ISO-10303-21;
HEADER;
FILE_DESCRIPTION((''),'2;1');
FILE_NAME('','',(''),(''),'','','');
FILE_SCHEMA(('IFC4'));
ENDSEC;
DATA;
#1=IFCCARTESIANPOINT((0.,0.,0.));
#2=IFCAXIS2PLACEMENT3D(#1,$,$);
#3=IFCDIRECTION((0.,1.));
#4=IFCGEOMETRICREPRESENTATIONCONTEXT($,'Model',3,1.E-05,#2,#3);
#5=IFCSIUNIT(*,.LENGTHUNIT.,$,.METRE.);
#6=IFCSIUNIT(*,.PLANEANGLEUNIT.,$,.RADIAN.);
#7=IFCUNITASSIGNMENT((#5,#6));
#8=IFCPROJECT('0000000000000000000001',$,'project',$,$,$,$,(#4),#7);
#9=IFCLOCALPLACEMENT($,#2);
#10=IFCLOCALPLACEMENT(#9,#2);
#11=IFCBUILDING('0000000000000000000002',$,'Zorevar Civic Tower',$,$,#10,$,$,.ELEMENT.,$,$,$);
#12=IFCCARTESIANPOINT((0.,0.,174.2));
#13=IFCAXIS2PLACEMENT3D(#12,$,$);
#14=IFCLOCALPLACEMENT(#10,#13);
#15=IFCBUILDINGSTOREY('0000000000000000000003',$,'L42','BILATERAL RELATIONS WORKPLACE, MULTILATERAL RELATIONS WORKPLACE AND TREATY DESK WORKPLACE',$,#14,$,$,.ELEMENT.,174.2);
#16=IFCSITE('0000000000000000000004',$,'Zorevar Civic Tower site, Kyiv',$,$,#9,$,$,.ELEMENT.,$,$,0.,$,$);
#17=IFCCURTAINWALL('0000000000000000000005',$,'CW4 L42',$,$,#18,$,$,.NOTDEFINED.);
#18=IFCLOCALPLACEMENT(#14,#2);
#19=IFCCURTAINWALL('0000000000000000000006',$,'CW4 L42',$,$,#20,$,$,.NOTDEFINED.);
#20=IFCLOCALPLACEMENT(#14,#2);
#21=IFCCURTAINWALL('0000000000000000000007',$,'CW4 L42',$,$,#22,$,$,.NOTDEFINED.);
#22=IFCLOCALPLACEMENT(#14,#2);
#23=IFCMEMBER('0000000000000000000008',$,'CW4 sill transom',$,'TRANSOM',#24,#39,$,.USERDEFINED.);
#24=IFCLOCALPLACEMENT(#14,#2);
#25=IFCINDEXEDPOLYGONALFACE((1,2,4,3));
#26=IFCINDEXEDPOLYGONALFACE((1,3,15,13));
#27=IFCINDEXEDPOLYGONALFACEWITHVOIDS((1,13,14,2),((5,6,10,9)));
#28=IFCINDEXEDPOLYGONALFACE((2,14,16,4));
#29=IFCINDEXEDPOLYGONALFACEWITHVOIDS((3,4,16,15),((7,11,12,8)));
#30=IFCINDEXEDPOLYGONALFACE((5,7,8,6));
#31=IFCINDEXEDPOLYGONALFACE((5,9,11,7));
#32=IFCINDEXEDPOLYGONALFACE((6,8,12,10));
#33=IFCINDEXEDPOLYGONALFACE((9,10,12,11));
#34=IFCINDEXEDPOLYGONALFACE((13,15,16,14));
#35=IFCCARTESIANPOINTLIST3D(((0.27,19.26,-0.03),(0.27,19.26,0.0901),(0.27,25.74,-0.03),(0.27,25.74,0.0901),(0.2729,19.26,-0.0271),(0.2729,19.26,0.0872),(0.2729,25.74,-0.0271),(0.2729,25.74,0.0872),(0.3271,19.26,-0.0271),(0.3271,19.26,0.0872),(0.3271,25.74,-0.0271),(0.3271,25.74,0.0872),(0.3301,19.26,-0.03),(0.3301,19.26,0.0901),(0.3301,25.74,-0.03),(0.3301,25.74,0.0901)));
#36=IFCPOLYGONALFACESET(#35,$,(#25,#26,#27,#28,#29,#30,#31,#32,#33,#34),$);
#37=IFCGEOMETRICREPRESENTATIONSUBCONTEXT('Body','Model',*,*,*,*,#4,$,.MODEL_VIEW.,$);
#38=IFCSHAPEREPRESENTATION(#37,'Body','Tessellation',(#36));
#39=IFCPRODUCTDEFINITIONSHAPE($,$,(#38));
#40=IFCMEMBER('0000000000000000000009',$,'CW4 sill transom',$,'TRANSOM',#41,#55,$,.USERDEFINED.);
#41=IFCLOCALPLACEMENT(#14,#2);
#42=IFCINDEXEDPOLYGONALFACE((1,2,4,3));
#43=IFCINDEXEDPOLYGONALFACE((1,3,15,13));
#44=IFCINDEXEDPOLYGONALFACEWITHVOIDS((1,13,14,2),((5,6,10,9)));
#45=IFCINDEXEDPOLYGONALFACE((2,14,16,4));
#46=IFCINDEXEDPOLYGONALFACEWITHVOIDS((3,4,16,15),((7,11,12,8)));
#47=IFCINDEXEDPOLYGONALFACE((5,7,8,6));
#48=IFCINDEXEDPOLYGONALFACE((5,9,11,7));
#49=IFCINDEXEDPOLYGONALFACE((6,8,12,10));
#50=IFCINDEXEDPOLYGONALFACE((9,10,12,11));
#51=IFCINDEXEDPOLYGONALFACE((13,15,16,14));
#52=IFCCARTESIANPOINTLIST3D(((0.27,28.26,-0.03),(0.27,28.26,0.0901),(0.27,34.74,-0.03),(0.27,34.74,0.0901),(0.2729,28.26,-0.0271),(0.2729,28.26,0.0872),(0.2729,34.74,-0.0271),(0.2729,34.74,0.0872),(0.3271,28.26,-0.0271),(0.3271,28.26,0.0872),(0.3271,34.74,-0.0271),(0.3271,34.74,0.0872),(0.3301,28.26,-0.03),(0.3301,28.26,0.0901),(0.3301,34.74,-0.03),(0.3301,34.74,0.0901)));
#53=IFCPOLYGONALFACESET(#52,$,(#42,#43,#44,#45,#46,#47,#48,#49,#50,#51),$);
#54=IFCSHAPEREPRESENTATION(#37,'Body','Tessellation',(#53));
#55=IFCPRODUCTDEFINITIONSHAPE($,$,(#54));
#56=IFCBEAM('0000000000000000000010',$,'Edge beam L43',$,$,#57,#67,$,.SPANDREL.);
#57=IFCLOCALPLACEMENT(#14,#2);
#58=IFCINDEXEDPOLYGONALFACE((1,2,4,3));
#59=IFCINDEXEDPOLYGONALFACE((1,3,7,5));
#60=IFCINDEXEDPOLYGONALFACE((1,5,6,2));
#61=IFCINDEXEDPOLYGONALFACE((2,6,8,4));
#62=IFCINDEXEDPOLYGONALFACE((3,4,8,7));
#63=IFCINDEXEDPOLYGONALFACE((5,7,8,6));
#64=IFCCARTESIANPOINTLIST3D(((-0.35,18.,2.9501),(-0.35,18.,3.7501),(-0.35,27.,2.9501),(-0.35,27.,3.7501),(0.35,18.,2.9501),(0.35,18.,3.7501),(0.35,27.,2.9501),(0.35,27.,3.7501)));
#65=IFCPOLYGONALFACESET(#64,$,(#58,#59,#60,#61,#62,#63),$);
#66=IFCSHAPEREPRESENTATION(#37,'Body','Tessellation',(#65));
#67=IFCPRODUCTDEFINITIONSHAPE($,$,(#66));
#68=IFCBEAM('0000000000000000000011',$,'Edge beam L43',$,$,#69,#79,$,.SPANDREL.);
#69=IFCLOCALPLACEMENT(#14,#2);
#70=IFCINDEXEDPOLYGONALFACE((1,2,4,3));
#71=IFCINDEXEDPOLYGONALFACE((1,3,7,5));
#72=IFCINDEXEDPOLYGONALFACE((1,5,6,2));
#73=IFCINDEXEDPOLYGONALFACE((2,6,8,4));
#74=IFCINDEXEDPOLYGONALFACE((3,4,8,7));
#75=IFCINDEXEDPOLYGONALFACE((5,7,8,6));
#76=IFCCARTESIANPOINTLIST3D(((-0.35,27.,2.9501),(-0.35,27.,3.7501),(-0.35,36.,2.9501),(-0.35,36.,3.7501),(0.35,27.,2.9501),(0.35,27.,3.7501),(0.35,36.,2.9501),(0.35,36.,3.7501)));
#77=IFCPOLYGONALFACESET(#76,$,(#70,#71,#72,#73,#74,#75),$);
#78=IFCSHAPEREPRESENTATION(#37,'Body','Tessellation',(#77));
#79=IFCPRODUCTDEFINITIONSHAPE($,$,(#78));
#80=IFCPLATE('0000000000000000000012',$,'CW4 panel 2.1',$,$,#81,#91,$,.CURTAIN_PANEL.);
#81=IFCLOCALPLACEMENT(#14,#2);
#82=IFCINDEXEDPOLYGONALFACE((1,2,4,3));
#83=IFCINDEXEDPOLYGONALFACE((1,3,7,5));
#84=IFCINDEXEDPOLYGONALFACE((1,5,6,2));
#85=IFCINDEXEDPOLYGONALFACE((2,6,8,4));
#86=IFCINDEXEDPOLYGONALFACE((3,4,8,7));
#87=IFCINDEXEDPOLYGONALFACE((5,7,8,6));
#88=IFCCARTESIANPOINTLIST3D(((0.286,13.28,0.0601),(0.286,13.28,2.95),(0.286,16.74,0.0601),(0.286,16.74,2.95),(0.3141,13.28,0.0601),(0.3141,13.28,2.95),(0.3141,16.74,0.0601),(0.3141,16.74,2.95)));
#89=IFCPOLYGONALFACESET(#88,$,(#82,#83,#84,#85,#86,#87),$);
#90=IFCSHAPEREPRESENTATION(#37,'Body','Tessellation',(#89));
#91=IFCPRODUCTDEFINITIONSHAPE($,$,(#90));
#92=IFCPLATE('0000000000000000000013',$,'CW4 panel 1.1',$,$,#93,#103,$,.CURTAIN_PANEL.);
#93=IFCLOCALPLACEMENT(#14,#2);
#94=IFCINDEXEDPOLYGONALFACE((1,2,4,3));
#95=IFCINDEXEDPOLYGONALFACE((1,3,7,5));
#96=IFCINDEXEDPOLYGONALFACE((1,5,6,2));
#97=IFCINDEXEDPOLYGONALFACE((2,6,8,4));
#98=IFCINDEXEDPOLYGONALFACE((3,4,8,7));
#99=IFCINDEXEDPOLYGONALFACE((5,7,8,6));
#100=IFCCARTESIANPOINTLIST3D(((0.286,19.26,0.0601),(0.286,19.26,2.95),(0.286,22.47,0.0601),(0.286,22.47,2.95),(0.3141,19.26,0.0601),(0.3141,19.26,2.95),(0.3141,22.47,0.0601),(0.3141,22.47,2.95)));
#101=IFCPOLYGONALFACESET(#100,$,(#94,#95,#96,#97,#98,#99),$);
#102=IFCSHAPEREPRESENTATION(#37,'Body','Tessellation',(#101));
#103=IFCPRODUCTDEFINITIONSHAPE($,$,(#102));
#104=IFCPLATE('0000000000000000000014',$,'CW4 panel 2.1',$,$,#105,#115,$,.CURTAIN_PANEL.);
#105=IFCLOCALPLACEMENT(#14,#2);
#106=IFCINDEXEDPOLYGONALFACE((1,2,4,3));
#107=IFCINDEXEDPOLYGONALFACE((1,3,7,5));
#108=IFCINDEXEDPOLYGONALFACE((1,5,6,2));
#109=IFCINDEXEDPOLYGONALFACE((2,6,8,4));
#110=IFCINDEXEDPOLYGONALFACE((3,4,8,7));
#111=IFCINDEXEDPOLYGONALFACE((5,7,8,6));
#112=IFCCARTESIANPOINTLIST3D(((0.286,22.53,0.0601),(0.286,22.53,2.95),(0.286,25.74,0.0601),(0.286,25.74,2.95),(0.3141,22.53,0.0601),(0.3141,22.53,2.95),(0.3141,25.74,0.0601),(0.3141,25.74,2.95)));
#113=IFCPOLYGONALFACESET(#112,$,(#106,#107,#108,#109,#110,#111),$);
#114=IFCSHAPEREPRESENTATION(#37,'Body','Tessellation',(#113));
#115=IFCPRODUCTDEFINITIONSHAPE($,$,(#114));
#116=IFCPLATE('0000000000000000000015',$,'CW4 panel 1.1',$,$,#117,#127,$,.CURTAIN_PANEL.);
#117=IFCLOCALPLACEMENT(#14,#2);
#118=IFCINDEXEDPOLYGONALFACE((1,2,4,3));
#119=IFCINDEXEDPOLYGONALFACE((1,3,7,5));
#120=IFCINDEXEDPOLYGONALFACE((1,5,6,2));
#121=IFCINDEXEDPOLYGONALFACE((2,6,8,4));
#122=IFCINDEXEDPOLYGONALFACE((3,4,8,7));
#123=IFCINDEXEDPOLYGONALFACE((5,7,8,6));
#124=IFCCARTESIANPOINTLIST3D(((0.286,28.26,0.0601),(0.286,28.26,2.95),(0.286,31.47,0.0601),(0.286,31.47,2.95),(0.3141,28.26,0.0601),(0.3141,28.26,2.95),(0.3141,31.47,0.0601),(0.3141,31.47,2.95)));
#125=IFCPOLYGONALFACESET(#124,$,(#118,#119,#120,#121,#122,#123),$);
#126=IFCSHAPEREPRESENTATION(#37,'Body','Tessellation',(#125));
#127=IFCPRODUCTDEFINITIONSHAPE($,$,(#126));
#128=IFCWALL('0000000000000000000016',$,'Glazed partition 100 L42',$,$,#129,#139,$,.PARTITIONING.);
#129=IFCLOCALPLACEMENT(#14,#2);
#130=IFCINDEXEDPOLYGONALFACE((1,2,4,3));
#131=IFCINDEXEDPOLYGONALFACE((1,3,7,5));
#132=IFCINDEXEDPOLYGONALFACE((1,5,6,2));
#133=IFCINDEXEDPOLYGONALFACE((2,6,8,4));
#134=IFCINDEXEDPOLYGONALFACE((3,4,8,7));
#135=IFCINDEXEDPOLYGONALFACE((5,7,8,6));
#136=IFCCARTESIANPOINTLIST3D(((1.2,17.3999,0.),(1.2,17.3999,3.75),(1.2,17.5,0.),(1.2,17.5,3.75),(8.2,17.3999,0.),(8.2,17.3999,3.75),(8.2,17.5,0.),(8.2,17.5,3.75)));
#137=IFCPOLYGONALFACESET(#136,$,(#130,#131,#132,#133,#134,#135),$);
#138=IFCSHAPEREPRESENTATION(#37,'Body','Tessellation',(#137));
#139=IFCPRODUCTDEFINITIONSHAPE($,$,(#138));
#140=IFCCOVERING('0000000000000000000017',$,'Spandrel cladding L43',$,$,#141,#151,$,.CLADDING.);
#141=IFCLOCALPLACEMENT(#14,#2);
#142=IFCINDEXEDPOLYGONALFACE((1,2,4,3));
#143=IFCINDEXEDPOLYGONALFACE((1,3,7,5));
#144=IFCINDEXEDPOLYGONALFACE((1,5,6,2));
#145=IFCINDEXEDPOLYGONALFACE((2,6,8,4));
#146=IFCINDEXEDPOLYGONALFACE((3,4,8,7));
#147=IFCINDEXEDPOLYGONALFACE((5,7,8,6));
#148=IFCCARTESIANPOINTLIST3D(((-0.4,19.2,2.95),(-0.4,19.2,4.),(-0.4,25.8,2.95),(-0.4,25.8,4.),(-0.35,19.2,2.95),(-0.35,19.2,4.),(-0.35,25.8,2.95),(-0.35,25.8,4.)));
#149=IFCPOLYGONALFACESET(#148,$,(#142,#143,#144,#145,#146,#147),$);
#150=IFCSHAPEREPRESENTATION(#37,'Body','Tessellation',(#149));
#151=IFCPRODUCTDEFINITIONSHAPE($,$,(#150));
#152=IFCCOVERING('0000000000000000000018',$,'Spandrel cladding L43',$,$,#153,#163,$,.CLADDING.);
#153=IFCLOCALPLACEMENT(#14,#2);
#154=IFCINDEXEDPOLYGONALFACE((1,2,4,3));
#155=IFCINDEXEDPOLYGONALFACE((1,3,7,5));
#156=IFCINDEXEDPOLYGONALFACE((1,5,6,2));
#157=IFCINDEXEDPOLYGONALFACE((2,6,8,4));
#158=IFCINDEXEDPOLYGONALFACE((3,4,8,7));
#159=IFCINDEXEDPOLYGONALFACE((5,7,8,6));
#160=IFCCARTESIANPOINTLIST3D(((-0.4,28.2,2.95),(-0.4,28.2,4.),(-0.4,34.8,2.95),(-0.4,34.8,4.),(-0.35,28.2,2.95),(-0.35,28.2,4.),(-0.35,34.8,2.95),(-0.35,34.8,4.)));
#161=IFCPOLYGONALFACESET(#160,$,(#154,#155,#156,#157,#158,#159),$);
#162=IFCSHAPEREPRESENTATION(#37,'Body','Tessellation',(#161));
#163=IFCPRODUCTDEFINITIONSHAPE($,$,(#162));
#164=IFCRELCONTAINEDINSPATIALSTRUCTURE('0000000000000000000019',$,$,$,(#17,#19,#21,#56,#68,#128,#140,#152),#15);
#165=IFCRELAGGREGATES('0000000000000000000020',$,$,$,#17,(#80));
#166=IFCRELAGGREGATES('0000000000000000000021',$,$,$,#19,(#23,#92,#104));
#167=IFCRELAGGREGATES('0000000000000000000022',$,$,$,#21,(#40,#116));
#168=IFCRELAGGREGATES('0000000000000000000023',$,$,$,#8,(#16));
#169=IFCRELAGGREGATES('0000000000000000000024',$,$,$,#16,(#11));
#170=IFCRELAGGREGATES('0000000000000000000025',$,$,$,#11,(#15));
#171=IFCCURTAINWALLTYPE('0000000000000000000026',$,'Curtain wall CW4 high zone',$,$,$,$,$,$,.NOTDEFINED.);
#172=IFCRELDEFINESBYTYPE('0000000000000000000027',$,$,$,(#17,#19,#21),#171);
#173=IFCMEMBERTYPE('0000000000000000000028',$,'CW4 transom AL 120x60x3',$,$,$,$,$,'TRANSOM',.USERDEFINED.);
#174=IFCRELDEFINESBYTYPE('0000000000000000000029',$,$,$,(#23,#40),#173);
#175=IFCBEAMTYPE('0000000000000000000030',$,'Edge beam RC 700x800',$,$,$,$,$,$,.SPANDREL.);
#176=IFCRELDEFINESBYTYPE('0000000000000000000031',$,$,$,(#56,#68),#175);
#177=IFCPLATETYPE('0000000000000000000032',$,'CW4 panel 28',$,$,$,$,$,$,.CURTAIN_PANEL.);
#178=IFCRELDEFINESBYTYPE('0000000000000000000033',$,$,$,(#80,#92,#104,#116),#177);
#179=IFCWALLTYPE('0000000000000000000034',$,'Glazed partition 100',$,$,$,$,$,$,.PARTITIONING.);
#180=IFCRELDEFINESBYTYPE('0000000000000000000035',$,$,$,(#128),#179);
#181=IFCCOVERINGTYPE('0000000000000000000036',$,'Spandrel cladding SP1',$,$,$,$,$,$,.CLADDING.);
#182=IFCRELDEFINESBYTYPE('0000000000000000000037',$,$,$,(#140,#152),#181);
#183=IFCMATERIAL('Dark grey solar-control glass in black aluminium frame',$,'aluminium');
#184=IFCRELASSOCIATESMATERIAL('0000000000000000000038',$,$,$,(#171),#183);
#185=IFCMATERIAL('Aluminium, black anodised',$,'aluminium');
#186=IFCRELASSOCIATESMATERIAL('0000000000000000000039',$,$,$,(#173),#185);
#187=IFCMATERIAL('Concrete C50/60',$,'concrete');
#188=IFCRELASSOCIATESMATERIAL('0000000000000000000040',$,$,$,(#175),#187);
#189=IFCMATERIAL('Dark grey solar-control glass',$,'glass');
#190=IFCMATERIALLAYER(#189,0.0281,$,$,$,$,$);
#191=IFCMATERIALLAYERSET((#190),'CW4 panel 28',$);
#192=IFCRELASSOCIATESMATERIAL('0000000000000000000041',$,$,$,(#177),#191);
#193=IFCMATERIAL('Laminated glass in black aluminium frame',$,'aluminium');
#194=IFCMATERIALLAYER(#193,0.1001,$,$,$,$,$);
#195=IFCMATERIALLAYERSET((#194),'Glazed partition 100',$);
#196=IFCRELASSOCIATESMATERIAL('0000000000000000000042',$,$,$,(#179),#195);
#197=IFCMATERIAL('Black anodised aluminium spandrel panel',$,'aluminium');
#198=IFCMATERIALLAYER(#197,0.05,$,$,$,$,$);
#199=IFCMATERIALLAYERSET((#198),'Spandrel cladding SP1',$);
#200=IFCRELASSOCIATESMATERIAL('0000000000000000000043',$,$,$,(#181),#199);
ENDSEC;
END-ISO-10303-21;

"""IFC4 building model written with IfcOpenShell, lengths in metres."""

from ifc_helpers import new_model, si_unit, direction, frame, frame_2d, origin, origin_2d, place, context, subcontext, project, spatial, rectangle, hollow_rectangle, extrude, material, layer, layer_set, material_profile, profile_set, type_object, element, aggregate, save


model = new_model("IFC4")

# Units and contexts
model_context = context("Model", 3, precision=1e-05, world=origin(), true_north=direction((0.0, 1.0)))
body_context = subcontext(model_context, "Body", "Model", "MODEL_VIEW")
ifc_project = project(units=[si_unit("LENGTHUNIT", "METRE"), si_unit("PLANEANGLEUNIT", "RADIAN")], contexts=[model_context])

# Site, building, storey
site_placement = place(None, origin())
site = spatial("IfcSite", under=ifc_project, at=site_placement, Name="Zorevar Civic Tower site, Kyiv", CompositionType="ELEMENT", RefElevation=0.0)
building_placement = place(site_placement, origin())
building = spatial("IfcBuilding", under=site, at=building_placement, Name="Zorevar Civic Tower", CompositionType="ELEMENT")
storey_placement = place(building_placement, frame((0.0, 0.0, 174.2)))
storey = spatial("IfcBuildingStorey", under=building, at=storey_placement, Name="L42", Description="BILATERAL RELATIONS WORKPLACE, MULTILATERAL RELATIONS WORKPLACE AND TREATY DESK WORKPLACE", CompositionType="ELEMENT", Elevation=174.2)

# Curtain wall
ifc_material_1 = material(Name="Dark grey solar-control glass in black aluminium frame", Category="aluminium")
curtain_wall_type = type_object("IfcCurtainWallType", Name="Curtain wall CW4 high zone", PredefinedType="NOTDEFINED", material=ifc_material_1)
curtain_wall_1_placement = place(storey_placement, origin())
curtain_wall_1 = element("IfcCurtainWall", 1, at=curtain_wall_1_placement, inside=storey, type_object=curtain_wall_type, Name="CW4 L42", PredefinedType="NOTDEFINED")

# Curtain wall
curtain_wall_2_placement = place(storey_placement, origin())
curtain_wall_2 = element("IfcCurtainWall", 2, at=curtain_wall_2_placement, inside=storey, type_object=curtain_wall_type, Name="CW4 L42", PredefinedType="NOTDEFINED")

# Curtain wall
curtain_wall_3_placement = place(storey_placement, origin())
curtain_wall_3 = element("IfcCurtainWall", 3, at=curtain_wall_3_placement, inside=storey, type_object=curtain_wall_type, Name="CW4 L42", PredefinedType="NOTDEFINED")

# Members
ifc_material_2 = material(Name="Aluminium, black anodised", Category="aluminium")
ifc_material_profile_1 = material_profile(ifc_material_2, hollow_rectangle(XDim=0.0601, YDim=0.1201, WallThickness=0.0029, at=origin_2d()), Name="AL 120x60x3")
ifc_profile_set_1 = profile_set([ifc_material_profile_1], Name="Aluminium, black anodised")
member_type_1 = type_object("IfcMemberType", Name="CW4 transom AL 120x60x3", ElementType="TRANSOM", PredefinedType="USERDEFINED", material=ifc_profile_set_1)
member_1_placement = place(storey_placement, frame((0.3, 19.26, 0.03), z_axis=(0.0, 1.0, 0.0), x_axis=(-1.0, 0.0, 0.0)))
member_1 = element("IfcMember", 4, at=member_1_placement, type_object=member_type_1, Name="CW4 sill transom", ObjectType="TRANSOM", PredefinedType="USERDEFINED", context=body_context, shape_type="SweptSolid", body=[
    extrude(hollow_rectangle(XDim=0.0601, YDim=0.1201, WallThickness=0.0029, at=origin_2d()), origin(), (0.0, 0.0, 1.0), 6.48),
])
member_2_placement = place(storey_placement, frame((0.3, 28.26, 0.03), z_axis=(0.0, 1.0, 0.0), x_axis=(-1.0, 0.0, 0.0)))
member_2 = element("IfcMember", 5, at=member_2_placement, type_object=member_type_1, Name="CW4 sill transom", ObjectType="TRANSOM", PredefinedType="USERDEFINED", context=body_context, shape_type="SweptSolid", body=[
    extrude(hollow_rectangle(XDim=0.0601, YDim=0.1201, WallThickness=0.0029, at=origin_2d()), origin(), (0.0, 0.0, 1.0), 6.48),
])

# Beams
ifc_material_3 = material(Name="Concrete C50/60", Category="concrete")
ifc_material_profile_2 = material_profile(ifc_material_3, rectangle(XDim=0.7, YDim=0.8, at=origin_2d()), Name="RC 700x800")
ifc_profile_set_2 = profile_set([ifc_material_profile_2], Name="Concrete C50/60")
beam_type_1 = type_object("IfcBeamType", Name="Edge beam RC 700x800", PredefinedType="SPANDREL", material=ifc_profile_set_2)
for number, where, z_axis, x_axis, name in (
    (6, (0.0, 18.0, 3.3501), (0.0, 1.0, 0.0), (-1.0, 0.0, 0.0), "Edge beam L43"),
    (7, (0.0, 27.0, 3.3501), (0.0, 1.0, 0.0), (-1.0, 0.0, 0.0), "Edge beam L43"),
):
    element("IfcBeam", number, at=place(storey_placement, frame(where, z_axis=z_axis, x_axis=x_axis)), inside=storey, type_object=beam_type_1, Name=name, PredefinedType="SPANDREL", context=body_context, shape_type="SweptSolid", body=[
        extrude(rectangle(XDim=0.7, YDim=0.8, at=origin_2d()), origin(), (0.0, 0.0, 1.0), 9.0),
    ])

# Plates
ifc_material_4 = material(Name="Dark grey solar-control glass", Category="glass")
ifc_layer_1 = layer(ifc_material_4, 0.0281)
ifc_layer_set_1 = layer_set([ifc_layer_1], Name="CW4 panel 28")
plate_type = type_object("IfcPlateType", Name="CW4 panel 28", PredefinedType="CURTAIN_PANEL", material=ifc_layer_set_1)
plate_1_placement = place(storey_placement, frame((0.3, 15.01, 0.0601), z_axis=(0.0, 0.0, 1.0), x_axis=(0.0, 1.0, 0.0)))
plate_1 = element("IfcPlate", 8, at=plate_1_placement, type_object=plate_type, Name="CW4 panel 2.1", PredefinedType="CURTAIN_PANEL", context=body_context, shape_type="SweptSolid", body=[
    extrude(rectangle(XDim=3.46, YDim=0.0281, at=origin_2d()), origin(), (0.0, 0.0, 1.0), 2.8899),
])
aggregate(curtain_wall_1, [plate_1])
plate_2_placement = place(storey_placement, frame((0.3, 20.865, 0.0601), z_axis=(0.0, 0.0, 1.0), x_axis=(0.0, 1.0, 0.0)))
plate_2 = element("IfcPlate", 9, at=plate_2_placement, type_object=plate_type, Name="CW4 panel 1.1", PredefinedType="CURTAIN_PANEL", context=body_context, shape_type="SweptSolid", body=[
    extrude(rectangle(XDim=3.21, YDim=0.0281, at=origin_2d()), origin(), (0.0, 0.0, 1.0), 2.8899),
])
plate_3_placement = place(storey_placement, frame((0.3, 24.135, 0.0601), z_axis=(0.0, 0.0, 1.0), x_axis=(0.0, 1.0, 0.0)))
plate_3 = element("IfcPlate", 10, at=plate_3_placement, type_object=plate_type, Name="CW4 panel 2.1", PredefinedType="CURTAIN_PANEL", context=body_context, shape_type="SweptSolid", body=[
    extrude(rectangle(XDim=3.21, YDim=0.0281, at=origin_2d()), origin(), (0.0, 0.0, 1.0), 2.8899),
])
aggregate(curtain_wall_2, [member_1, plate_2, plate_3])
plate_4_placement = place(storey_placement, frame((0.3, 29.865, 0.0601), z_axis=(0.0, 0.0, 1.0), x_axis=(0.0, 1.0, 0.0)))
plate_4 = element("IfcPlate", 11, at=plate_4_placement, type_object=plate_type, Name="CW4 panel 1.1", PredefinedType="CURTAIN_PANEL", context=body_context, shape_type="SweptSolid", body=[
    extrude(rectangle(XDim=3.21, YDim=0.0281, at=origin_2d()), origin(), (0.0, 0.0, 1.0), 2.8899),
])
aggregate(curtain_wall_3, [member_2, plate_4])

# Wall
ifc_material_5 = material(Name="Laminated glass in black aluminium frame", Category="aluminium")
ifc_layer_2 = layer(ifc_material_5, 0.1001)
ifc_layer_set_2 = layer_set([ifc_layer_2], Name="Glazed partition 100")
wall_type = type_object("IfcWallType", Name="Glazed partition 100", PredefinedType="PARTITIONING", material=ifc_layer_set_2)
wall_placement = place(storey_placement, frame((1.2, 17.45, 0.0), z_axis=(0.0, 0.0, 1.0), x_axis=(1.0, 0.0, 0.0)))
element("IfcWall", 12, at=wall_placement, inside=storey, type_object=wall_type, Name="Glazed partition 100 L42", PredefinedType="PARTITIONING", context=body_context, shape_type="SweptSolid", body=[
    extrude(rectangle(XDim=7.0, YDim=0.1001, at=frame_2d((3.5, 0.0))), origin(), (0.0, 0.0, 1.0), 3.75),
])

# Coverings
ifc_material_6 = material(Name="Black anodised aluminium spandrel panel", Category="aluminium")
ifc_layer_3 = layer(ifc_material_6, 0.05)
ifc_layer_set_3 = layer_set([ifc_layer_3], Name="Spandrel cladding SP1")
covering_type = type_object("IfcCoveringType", Name="Spandrel cladding SP1", PredefinedType="CLADDING", material=ifc_layer_set_3)
for number, where, z_axis, x_axis, name in (
    (13, (-0.375, 19.2, 2.95), (0.0, 0.0, 1.0), (0.0, 1.0, 0.0), "Spandrel cladding L43"),
    (14, (-0.375, 28.2, 2.95), (0.0, 0.0, 1.0), (0.0, 1.0, 0.0), "Spandrel cladding L43"),
):
    element("IfcCovering", number, at=place(storey_placement, frame(where, z_axis=z_axis, x_axis=x_axis)), inside=storey, type_object=covering_type, Name=name, PredefinedType="CLADDING", context=body_context, shape_type="SweptSolid", body=[
        extrude(rectangle(XDim=6.6001, YDim=0.05, at=frame_2d((3.3, 0.0))), origin(), (0.0, 0.0, 1.0), 1.05),
    ])

save(model, "model.ifc")
